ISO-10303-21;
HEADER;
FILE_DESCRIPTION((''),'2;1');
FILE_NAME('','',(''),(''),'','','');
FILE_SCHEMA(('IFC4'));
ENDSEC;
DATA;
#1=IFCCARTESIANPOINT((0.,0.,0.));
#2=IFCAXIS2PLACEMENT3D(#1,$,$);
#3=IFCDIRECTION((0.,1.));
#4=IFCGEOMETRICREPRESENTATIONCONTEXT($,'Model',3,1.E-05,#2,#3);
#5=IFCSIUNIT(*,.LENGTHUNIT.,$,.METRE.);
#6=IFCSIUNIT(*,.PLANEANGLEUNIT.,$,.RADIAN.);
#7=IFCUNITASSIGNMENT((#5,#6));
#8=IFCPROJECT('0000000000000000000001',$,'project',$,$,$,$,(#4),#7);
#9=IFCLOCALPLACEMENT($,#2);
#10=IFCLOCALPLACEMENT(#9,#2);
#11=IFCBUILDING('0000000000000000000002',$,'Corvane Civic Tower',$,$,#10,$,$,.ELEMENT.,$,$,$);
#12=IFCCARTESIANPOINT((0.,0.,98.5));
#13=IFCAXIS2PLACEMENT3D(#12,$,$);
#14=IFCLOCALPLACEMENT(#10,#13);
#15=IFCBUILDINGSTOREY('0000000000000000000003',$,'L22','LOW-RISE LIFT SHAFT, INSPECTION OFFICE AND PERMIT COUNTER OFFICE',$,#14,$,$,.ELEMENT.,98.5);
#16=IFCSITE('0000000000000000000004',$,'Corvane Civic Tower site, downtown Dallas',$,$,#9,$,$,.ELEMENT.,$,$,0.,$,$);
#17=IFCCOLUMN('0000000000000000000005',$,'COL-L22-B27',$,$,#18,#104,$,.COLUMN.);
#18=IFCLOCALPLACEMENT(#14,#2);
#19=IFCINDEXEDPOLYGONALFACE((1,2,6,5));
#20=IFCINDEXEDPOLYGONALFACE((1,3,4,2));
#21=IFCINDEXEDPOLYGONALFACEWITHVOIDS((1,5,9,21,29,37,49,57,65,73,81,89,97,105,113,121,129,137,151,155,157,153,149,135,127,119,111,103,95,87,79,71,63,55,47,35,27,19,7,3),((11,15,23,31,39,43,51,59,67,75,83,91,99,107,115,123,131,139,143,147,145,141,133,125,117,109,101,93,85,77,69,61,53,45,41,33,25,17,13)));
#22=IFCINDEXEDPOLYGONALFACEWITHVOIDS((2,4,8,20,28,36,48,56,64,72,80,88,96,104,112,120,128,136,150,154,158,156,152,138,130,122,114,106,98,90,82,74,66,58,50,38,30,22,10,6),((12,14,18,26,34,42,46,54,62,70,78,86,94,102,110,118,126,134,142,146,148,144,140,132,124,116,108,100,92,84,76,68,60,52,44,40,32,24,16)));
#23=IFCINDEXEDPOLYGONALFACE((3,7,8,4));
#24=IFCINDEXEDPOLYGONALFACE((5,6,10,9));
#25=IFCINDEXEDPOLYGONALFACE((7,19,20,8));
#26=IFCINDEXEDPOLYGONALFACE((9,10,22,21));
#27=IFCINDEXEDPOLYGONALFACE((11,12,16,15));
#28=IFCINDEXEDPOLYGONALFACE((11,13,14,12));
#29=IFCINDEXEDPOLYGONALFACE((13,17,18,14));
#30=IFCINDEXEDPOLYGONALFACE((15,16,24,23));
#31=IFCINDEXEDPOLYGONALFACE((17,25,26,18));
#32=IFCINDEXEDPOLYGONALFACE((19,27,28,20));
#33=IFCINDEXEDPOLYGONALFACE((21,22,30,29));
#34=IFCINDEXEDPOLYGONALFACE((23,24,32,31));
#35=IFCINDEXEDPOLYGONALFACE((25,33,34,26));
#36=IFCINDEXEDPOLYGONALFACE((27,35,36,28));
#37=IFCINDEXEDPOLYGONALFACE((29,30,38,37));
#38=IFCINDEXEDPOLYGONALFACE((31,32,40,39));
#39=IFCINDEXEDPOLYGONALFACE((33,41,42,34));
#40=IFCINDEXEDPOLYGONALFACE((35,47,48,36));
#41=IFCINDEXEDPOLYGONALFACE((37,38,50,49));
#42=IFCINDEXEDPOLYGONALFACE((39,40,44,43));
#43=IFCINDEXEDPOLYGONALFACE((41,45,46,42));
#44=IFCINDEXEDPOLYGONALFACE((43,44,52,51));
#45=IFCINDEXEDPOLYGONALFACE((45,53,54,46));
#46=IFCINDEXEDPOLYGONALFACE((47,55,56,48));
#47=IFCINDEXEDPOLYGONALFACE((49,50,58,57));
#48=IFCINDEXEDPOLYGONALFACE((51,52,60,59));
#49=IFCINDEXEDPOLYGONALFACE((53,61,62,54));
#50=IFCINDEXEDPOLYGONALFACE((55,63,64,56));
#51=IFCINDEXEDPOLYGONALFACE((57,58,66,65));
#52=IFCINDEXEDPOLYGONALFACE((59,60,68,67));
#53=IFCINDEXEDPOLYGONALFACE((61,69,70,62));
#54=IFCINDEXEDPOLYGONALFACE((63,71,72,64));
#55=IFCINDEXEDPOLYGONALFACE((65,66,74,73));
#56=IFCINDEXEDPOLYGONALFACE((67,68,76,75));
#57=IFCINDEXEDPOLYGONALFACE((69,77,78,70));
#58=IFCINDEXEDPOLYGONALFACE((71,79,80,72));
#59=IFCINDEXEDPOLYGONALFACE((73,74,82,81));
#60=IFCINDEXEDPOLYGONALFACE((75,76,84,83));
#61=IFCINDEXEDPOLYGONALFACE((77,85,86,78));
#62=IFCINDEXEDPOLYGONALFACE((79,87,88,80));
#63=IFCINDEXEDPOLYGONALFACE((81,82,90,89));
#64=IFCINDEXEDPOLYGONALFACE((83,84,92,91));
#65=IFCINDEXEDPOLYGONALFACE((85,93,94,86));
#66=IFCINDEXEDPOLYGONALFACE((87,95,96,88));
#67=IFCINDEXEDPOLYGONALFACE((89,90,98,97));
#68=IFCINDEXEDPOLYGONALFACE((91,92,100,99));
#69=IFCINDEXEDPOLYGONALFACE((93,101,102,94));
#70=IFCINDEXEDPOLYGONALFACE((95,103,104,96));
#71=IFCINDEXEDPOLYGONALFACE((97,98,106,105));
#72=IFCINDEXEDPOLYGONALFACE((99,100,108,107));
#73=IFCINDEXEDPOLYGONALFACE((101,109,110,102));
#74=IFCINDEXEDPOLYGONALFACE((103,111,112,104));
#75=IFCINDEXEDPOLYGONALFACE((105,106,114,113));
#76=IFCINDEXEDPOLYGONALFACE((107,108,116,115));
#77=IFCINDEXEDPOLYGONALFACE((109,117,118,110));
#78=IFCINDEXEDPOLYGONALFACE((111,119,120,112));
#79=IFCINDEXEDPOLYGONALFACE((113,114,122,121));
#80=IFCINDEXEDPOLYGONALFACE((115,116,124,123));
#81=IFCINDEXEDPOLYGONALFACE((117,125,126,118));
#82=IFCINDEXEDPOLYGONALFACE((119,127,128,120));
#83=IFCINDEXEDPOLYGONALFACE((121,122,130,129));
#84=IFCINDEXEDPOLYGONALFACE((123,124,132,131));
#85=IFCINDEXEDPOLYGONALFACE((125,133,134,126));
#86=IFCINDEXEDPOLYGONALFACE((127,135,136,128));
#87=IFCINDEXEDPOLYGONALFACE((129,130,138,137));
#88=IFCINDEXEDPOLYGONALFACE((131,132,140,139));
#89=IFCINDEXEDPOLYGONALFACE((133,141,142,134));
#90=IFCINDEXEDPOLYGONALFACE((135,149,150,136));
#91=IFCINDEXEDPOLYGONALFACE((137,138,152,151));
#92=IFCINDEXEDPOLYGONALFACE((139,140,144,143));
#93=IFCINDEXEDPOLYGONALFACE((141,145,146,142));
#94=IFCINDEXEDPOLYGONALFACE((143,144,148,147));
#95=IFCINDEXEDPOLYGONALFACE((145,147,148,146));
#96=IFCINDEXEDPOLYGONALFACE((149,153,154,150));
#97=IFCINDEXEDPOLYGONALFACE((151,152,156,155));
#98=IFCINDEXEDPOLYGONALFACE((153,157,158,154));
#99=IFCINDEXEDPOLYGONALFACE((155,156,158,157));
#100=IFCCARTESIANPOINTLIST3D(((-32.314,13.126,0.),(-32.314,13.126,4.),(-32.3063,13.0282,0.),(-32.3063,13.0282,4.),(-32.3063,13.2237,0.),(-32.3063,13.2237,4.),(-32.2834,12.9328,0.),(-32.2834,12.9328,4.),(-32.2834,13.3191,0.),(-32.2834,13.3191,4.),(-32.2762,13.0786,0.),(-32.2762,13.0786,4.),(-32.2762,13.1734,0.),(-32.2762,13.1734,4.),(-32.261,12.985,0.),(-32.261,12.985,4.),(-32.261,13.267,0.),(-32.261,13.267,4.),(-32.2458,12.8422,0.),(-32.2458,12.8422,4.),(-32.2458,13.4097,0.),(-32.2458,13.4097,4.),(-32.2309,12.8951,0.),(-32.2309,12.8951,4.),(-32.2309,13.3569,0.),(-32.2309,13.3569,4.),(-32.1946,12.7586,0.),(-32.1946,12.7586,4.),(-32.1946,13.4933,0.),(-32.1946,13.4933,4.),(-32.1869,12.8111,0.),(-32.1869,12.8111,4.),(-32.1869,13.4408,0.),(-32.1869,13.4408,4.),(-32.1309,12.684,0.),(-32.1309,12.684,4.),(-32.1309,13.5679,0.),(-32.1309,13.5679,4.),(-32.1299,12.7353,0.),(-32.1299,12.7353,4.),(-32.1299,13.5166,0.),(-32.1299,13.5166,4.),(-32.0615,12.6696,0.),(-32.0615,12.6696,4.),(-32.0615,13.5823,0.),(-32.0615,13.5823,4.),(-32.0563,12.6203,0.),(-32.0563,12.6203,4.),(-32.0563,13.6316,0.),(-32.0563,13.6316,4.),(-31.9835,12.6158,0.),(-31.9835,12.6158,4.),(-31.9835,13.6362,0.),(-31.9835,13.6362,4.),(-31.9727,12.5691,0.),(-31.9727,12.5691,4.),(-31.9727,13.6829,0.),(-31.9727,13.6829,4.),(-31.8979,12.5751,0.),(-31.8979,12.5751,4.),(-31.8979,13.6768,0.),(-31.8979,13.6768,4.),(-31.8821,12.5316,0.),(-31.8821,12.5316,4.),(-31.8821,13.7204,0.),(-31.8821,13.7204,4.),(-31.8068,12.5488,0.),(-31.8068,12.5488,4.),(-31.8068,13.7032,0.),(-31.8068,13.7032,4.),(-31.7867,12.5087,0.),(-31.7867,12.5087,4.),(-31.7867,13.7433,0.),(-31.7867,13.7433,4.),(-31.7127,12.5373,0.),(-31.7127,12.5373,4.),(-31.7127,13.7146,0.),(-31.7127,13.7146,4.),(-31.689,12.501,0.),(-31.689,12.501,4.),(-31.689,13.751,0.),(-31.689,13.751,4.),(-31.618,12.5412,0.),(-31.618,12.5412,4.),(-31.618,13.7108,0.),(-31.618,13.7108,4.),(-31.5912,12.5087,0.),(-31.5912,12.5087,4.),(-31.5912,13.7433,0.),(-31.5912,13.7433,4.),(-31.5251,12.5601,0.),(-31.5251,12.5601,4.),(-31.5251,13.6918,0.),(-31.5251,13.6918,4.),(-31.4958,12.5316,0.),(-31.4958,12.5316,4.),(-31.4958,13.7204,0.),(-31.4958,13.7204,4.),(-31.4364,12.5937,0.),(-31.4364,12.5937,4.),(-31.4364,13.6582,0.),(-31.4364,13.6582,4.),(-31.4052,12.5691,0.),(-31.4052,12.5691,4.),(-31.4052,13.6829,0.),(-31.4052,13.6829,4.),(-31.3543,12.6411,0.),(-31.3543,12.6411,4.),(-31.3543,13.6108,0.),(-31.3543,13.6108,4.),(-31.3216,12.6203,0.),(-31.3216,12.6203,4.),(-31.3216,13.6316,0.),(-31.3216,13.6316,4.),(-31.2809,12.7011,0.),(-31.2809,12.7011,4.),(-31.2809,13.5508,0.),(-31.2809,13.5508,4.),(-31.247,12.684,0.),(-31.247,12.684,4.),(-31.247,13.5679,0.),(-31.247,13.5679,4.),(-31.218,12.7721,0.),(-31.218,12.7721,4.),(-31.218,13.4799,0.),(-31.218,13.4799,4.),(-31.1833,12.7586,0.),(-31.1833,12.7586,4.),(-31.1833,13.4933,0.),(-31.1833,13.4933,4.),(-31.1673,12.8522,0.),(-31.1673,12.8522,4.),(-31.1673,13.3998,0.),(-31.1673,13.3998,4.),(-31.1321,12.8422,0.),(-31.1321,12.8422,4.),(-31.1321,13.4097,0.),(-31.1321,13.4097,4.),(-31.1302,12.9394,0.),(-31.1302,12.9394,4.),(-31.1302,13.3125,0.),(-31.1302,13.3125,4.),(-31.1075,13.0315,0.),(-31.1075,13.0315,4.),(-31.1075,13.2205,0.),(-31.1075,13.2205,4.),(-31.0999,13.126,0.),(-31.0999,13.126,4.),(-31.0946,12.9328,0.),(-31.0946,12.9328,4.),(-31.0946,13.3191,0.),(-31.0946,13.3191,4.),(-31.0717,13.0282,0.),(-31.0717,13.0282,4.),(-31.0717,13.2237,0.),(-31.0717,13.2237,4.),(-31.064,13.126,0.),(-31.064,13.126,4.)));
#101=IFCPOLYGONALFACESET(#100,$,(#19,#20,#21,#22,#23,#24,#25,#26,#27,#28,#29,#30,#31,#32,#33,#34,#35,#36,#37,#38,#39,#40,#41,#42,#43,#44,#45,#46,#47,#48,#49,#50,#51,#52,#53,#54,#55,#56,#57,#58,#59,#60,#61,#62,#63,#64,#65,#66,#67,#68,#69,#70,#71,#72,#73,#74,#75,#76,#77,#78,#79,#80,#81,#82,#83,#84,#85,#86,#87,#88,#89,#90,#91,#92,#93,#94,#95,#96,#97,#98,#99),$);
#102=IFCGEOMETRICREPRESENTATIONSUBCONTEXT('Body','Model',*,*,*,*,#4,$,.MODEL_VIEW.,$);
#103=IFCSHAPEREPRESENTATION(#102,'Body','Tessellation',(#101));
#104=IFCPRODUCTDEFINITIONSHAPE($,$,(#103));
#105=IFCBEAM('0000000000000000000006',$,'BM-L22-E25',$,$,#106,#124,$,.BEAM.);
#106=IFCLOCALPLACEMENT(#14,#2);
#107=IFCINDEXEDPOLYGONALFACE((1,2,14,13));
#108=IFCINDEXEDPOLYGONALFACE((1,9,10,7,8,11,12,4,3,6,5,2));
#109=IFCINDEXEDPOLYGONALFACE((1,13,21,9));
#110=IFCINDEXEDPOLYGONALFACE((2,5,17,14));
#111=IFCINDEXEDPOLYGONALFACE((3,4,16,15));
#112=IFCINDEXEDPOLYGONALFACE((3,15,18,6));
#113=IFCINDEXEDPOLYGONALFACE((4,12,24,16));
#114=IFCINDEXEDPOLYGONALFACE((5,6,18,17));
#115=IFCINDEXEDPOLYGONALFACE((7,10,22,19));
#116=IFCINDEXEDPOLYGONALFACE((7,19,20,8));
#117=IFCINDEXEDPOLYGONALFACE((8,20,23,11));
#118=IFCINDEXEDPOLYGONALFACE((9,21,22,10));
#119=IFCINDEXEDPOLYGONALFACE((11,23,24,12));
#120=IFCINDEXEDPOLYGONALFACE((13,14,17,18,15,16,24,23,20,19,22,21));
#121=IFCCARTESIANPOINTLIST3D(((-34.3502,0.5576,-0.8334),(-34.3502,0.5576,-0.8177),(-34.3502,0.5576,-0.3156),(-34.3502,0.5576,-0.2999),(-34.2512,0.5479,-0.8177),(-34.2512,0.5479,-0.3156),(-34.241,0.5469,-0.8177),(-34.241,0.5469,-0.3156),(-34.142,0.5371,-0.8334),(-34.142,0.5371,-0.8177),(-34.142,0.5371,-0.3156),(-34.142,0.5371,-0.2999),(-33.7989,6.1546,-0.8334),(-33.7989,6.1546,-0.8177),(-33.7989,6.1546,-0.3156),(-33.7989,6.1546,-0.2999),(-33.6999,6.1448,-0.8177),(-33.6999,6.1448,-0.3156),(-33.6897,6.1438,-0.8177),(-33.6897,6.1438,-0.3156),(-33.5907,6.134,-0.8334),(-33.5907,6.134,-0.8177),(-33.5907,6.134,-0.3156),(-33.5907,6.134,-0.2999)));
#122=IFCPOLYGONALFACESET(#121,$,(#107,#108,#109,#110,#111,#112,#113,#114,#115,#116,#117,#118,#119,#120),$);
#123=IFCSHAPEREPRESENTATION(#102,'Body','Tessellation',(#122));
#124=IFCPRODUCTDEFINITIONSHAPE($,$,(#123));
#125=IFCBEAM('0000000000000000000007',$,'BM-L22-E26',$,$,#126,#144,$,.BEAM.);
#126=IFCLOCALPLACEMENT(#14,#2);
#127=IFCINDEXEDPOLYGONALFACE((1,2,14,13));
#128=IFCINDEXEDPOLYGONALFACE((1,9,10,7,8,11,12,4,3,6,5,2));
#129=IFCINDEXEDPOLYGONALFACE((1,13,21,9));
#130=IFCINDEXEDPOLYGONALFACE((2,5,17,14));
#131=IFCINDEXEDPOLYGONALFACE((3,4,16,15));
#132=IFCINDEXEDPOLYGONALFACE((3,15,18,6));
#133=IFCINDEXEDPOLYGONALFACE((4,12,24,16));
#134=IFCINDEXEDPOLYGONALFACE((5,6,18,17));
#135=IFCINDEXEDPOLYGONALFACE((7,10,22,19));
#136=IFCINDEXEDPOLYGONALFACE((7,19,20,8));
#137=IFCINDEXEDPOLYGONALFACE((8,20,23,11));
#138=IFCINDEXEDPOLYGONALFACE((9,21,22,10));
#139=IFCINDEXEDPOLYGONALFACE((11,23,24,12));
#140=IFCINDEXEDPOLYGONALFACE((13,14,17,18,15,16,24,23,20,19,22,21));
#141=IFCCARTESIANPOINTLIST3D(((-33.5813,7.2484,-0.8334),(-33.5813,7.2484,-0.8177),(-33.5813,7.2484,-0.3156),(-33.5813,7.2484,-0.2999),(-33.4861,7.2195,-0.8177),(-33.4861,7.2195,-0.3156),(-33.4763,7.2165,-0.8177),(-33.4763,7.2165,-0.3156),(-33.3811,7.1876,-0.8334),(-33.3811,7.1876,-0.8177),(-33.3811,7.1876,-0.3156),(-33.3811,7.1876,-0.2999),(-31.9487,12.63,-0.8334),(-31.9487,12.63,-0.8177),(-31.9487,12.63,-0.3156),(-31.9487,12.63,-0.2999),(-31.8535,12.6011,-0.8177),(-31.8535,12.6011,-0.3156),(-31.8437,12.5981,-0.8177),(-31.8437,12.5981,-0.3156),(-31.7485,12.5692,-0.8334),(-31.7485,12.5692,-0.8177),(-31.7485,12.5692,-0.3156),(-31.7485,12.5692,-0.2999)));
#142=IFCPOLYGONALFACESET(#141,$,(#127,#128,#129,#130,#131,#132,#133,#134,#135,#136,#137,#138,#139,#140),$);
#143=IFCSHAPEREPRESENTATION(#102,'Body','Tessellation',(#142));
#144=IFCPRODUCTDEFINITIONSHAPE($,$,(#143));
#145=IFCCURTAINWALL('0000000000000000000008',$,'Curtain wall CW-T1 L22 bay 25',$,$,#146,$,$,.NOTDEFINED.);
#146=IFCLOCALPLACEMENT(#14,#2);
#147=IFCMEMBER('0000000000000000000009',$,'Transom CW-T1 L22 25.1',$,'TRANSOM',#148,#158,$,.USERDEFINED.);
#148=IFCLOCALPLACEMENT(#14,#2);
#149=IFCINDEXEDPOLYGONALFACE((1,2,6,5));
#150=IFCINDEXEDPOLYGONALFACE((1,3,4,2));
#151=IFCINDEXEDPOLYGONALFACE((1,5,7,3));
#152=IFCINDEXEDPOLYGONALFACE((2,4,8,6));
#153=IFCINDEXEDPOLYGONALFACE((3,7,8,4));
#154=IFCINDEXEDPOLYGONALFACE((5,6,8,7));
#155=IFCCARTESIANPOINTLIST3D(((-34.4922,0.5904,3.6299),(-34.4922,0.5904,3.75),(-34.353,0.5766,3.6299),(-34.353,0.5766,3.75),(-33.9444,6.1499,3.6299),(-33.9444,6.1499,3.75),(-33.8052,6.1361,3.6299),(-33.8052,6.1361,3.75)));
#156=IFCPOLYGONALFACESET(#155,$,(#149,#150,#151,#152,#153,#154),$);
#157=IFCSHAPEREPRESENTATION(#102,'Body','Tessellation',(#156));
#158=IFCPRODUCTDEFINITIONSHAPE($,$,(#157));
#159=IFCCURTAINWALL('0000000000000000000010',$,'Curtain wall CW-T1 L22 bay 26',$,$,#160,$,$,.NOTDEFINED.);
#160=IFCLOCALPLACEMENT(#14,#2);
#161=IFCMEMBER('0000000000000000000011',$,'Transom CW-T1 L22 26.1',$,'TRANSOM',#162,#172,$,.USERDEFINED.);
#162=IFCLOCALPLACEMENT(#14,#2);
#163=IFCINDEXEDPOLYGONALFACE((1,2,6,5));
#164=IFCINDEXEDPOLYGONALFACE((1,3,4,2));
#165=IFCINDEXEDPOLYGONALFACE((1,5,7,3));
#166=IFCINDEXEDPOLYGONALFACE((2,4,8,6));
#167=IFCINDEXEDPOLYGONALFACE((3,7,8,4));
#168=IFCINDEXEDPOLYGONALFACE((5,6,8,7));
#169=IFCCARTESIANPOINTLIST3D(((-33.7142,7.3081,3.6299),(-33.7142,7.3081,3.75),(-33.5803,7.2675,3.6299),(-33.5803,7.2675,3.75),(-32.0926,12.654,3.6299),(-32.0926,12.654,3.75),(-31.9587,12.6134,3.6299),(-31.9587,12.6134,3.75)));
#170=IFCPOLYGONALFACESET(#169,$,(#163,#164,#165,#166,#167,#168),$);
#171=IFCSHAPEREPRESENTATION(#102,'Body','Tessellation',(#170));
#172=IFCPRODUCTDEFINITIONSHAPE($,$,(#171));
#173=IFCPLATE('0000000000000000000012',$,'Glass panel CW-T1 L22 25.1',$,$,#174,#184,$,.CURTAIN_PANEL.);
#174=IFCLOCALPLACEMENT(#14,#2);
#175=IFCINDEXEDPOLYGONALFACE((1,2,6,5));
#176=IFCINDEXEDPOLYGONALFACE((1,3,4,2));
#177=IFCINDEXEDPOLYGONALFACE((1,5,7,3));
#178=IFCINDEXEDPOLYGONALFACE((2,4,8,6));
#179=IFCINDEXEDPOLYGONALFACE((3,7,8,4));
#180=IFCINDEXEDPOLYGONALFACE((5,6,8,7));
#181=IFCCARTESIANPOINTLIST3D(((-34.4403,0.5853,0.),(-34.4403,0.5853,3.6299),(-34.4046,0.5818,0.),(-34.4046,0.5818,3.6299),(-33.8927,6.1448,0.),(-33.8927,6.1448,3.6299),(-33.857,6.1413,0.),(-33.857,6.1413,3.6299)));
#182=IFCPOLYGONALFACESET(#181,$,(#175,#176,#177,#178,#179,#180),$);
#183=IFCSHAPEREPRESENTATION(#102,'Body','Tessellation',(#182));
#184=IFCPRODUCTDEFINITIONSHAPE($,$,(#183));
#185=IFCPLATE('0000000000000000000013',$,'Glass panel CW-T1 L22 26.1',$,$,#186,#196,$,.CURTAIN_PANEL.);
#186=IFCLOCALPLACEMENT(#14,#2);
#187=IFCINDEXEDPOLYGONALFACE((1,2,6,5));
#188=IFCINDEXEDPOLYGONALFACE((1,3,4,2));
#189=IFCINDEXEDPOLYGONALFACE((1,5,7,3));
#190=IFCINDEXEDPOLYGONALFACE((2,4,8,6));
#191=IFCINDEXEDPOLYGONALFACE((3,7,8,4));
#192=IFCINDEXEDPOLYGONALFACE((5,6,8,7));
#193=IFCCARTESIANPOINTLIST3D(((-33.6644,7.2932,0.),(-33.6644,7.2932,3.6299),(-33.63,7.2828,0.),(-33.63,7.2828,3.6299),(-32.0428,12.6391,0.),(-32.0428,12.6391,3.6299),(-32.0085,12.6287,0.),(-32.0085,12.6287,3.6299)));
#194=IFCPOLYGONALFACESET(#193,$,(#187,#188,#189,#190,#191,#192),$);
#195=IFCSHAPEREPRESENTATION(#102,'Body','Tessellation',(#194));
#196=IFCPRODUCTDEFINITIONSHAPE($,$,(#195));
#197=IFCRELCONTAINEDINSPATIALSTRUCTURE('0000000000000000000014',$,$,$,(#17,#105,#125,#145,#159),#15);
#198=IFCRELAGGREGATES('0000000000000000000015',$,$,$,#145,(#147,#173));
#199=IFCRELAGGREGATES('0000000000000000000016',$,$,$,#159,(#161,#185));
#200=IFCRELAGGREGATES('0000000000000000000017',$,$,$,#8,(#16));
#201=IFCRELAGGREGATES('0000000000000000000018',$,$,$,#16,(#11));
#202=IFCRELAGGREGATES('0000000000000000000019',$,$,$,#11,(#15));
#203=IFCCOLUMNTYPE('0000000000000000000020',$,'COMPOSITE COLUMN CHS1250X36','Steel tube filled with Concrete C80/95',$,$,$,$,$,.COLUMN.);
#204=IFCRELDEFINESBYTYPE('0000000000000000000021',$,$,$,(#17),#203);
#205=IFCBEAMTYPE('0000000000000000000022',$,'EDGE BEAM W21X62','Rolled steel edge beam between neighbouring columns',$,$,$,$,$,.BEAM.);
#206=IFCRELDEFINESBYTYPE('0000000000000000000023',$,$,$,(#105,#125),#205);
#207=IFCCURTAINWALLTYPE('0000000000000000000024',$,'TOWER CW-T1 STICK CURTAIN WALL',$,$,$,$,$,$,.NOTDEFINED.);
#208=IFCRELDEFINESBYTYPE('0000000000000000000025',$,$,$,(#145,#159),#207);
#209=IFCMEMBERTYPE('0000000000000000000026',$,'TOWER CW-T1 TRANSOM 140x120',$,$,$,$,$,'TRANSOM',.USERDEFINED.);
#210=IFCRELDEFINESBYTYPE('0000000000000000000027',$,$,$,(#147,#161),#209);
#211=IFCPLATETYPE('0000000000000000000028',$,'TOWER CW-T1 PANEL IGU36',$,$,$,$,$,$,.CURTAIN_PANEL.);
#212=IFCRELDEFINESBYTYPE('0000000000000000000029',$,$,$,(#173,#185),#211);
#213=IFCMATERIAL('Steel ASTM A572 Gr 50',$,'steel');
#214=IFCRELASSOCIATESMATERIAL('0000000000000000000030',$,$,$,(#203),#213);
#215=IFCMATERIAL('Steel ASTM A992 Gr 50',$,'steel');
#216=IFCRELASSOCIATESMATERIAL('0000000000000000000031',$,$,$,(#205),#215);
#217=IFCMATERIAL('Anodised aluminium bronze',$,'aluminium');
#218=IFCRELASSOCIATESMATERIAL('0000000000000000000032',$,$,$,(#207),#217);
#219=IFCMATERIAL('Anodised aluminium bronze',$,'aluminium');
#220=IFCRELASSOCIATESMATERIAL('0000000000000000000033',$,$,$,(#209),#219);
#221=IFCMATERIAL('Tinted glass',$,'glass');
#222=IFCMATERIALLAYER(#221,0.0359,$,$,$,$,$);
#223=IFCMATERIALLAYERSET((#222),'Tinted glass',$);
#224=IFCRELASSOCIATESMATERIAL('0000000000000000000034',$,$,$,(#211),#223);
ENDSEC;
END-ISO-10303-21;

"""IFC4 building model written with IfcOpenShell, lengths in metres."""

from ifc_helpers import new_model, si_unit, direction, frame, origin, origin_2d, place, context, subcontext, project, spatial, rectangle, hollow_circle, i_section, extrude, material, layer, layer_set, material_profile, profile_set, type_object, element, aggregate, save


model = new_model("IFC4")

# Units and contexts
model_context = context("Model", 3, precision=1e-05, world=origin(), true_north=direction((0.0, 1.0)))
body_context = subcontext(model_context, "Body", "Model", "MODEL_VIEW")
ifc_project = project(units=[si_unit("LENGTHUNIT", "METRE"), si_unit("PLANEANGLEUNIT", "RADIAN")], contexts=[model_context])

# Site, building, storey
site_placement = place(None, origin())
site = spatial("IfcSite", under=ifc_project, at=site_placement, Name="Corvane Civic Tower site, downtown Dallas", CompositionType="ELEMENT", RefElevation=0.0)
building_placement = place(site_placement, origin())
building = spatial("IfcBuilding", under=site, at=building_placement, Name="Corvane Civic Tower", CompositionType="ELEMENT")
storey_placement = place(building_placement, frame((0.0, 0.0, 98.5)))
storey = spatial("IfcBuildingStorey", under=building, at=storey_placement, Name="L22", Description="LOW-RISE LIFT SHAFT, INSPECTION OFFICE AND PERMIT COUNTER OFFICE", CompositionType="ELEMENT", Elevation=98.5)

# Column
ifc_material_1 = material(Name="Steel ASTM A572 Gr 50", Category="steel")
ifc_material_profile_1 = material_profile(ifc_material_1, hollow_circle(Radius=0.625, WallThickness=0.0359, at=origin_2d()), Name="CHS1250X36")
ifc_profile_set_1 = profile_set([ifc_material_profile_1], Name="Steel ASTM A572 Gr 50")
column_type = type_object("IfcColumnType", Name="COMPOSITE COLUMN CHS1250X36", Description="Steel tube filled with Concrete C80/95", PredefinedType="COLUMN", material=ifc_profile_set_1)
for number, where, z_axis, x_axis, name in (
    (1, (-31.689, 13.126, 0.0), (0.0, 0.0, 1.0), (1.0, 0.0, 0.0), "COL-L22-B27"),
):
    element("IfcColumn", number, at=place(storey_placement, frame(where, z_axis=z_axis, x_axis=x_axis)), inside=storey, type_object=column_type, Name=name, PredefinedType="COLUMN", context=body_context, shape_type="SweptSolid", body=[
        extrude(hollow_circle(Radius=0.625, WallThickness=0.0359, at=origin_2d()), origin(), (0.0, 0.0, 1.0), 4.0),
    ])

# Beams
ifc_material_2 = material(Name="Steel ASTM A992 Gr 50", Category="steel")
ifc_material_profile_2 = material_profile(ifc_material_2, i_section(OverallWidth=0.2092, OverallDepth=0.5334, WebThickness=0.0103, FlangeThickness=0.0156, at=origin_2d()), Name="W21X62")
ifc_profile_set_2 = profile_set([ifc_material_profile_2], Name="Steel ASTM A992 Gr 50")
beam_type = type_object("IfcBeamType", Name="EDGE BEAM W21X62", Description="Rolled steel edge beam between neighbouring columns", PredefinedType="BEAM", material=ifc_profile_set_2)
beam_1_placement = place(storey_placement, frame((-34.2461, 0.5474, -0.5667), z_axis=(0.098021, 0.995184, 0.0), x_axis=(-0.995184, 0.098021, 0.0)))
element("IfcBeam", 2, at=beam_1_placement, inside=storey, type_object=beam_type, Name="BM-L22-E25", PredefinedType="BEAM", context=body_context, shape_type="SweptSolid", body=[
    extrude(i_section(OverallWidth=0.2092, OverallDepth=0.5334, WebThickness=0.0103, FlangeThickness=0.0156, at=origin_2d()), origin(), (0.0, 0.0, 1.0), 5.624),
])
beam_2_placement = place(storey_placement, frame((-33.4812, 7.218, -0.5667), z_axis=(0.290298, 0.956936, 0.0), x_axis=(-0.956936, 0.290298, 0.0)))
element("IfcBeam", 3, at=beam_2_placement, inside=storey, type_object=beam_type, Name="BM-L22-E26", PredefinedType="BEAM", context=body_context, shape_type="SweptSolid", body=[
    extrude(i_section(OverallWidth=0.2092, OverallDepth=0.5334, WebThickness=0.0103, FlangeThickness=0.0156, at=origin_2d()), origin(), (0.0, 0.0, 1.0), 5.6238),
])

# Curtain walls, members
ifc_material_3 = material(Name="Anodised aluminium bronze", Category="aluminium")
curtain_wall_type = type_object("IfcCurtainWallType", Name="TOWER CW-T1 STICK CURTAIN WALL", PredefinedType="NOTDEFINED", material=ifc_material_3)
curtain_wall_1_placement = place(storey_placement, origin())
curtain_wall_1 = element("IfcCurtainWall", 4, at=curtain_wall_1_placement, inside=storey, type_object=curtain_wall_type, Name="Curtain wall CW-T1 L22 bay 25", PredefinedType="NOTDEFINED")
ifc_material_4 = material(Name="Anodised aluminium bronze", Category="aluminium")
ifc_material_profile_3 = material_profile(ifc_material_4, rectangle(XDim=0.1399, YDim=0.1201, at=origin_2d()), Name="TOWER CW-T1 TRANSOM 140x120")
ifc_profile_set_3 = profile_set([ifc_material_profile_3], Name="Anodised aluminium bronze")
member_type = type_object("IfcMemberType", Name="TOWER CW-T1 TRANSOM 140x120", ElementType="TRANSOM", PredefinedType="USERDEFINED", material=ifc_profile_set_3)
member_1_placement = place(storey_placement, frame((-34.4226, 0.5835, 3.6899), z_axis=(0.098067, 0.99518, 0.0), x_axis=(-0.99518, 0.098067, 0.0)))
member_1 = element("IfcMember", 5, at=member_1_placement, type_object=member_type, Name="Transom CW-T1 L22 25.1", ObjectType="TRANSOM", PredefinedType="USERDEFINED", context=body_context, shape_type="SweptSolid", body=[
    extrude(rectangle(XDim=0.1399, YDim=0.1201, at=origin_2d()), origin(), (0.0, 0.0, 1.0), 5.5864),
])
curtain_wall_2_placement = place(storey_placement, origin())
curtain_wall_2 = element("IfcCurtainWall", 6, at=curtain_wall_2_placement, inside=storey, type_object=curtain_wall_type, Name="Curtain wall CW-T1 L22 bay 26", PredefinedType="NOTDEFINED")
member_2_placement = place(storey_placement, frame((-33.6472, 7.2878, 3.6899), z_axis=(0.290269, 0.956945, 0.0), x_axis=(-0.956945, 0.290269, 0.0)))
member_2 = element("IfcMember", 7, at=member_2_placement, type_object=member_type, Name="Transom CW-T1 L22 26.1", ObjectType="TRANSOM", PredefinedType="USERDEFINED", context=body_context, shape_type="SweptSolid", body=[
    extrude(rectangle(XDim=0.1399, YDim=0.1201, at=origin_2d()), origin(), (0.0, 0.0, 1.0), 5.5864),
])

# Plates
ifc_material_5 = material(Name="Tinted glass", Category="glass")
ifc_layer_1 = layer(ifc_material_5, 0.0359)
ifc_layer_set_1 = layer_set([ifc_layer_1], Name="Tinted glass")
plate_type = type_object("IfcPlateType", Name="TOWER CW-T1 PANEL IGU36", PredefinedType="CURTAIN_PANEL", material=ifc_layer_set_1)
plate_1_placement = place(storey_placement, frame((-34.1487, 3.3633, 0.0), z_axis=(0.0, 0.0, 1.0), x_axis=(0.098027, 0.995184, 0.0)))
plate_1 = element("IfcPlate", 8, at=plate_1_placement, type_object=plate_type, Name="Glass panel CW-T1 L22 25.1", PredefinedType="CURTAIN_PANEL", context=body_context, shape_type="SweptSolid", body=[
    extrude(rectangle(XDim=5.5864, YDim=0.0359, at=origin_2d()), origin(), (0.0, 0.0, 1.0), 3.6299),
])
aggregate(curtain_wall_1, [member_1, plate_1])
plate_2_placement = place(storey_placement, frame((-32.8364, 9.9609, 0.0), z_axis=(0.0, 0.0, 1.0), x_axis=(0.290266, 0.956946, 0.0)))
plate_2 = element("IfcPlate", 9, at=plate_2_placement, type_object=plate_type, Name="Glass panel CW-T1 L22 26.1", PredefinedType="CURTAIN_PANEL", context=body_context, shape_type="SweptSolid", body=[
    extrude(rectangle(XDim=5.5864, YDim=0.0359, at=origin_2d()), origin(), (0.0, 0.0, 1.0), 3.6299),
])
aggregate(curtain_wall_2, [member_2, plate_2])

save(model, "model.ifc")
